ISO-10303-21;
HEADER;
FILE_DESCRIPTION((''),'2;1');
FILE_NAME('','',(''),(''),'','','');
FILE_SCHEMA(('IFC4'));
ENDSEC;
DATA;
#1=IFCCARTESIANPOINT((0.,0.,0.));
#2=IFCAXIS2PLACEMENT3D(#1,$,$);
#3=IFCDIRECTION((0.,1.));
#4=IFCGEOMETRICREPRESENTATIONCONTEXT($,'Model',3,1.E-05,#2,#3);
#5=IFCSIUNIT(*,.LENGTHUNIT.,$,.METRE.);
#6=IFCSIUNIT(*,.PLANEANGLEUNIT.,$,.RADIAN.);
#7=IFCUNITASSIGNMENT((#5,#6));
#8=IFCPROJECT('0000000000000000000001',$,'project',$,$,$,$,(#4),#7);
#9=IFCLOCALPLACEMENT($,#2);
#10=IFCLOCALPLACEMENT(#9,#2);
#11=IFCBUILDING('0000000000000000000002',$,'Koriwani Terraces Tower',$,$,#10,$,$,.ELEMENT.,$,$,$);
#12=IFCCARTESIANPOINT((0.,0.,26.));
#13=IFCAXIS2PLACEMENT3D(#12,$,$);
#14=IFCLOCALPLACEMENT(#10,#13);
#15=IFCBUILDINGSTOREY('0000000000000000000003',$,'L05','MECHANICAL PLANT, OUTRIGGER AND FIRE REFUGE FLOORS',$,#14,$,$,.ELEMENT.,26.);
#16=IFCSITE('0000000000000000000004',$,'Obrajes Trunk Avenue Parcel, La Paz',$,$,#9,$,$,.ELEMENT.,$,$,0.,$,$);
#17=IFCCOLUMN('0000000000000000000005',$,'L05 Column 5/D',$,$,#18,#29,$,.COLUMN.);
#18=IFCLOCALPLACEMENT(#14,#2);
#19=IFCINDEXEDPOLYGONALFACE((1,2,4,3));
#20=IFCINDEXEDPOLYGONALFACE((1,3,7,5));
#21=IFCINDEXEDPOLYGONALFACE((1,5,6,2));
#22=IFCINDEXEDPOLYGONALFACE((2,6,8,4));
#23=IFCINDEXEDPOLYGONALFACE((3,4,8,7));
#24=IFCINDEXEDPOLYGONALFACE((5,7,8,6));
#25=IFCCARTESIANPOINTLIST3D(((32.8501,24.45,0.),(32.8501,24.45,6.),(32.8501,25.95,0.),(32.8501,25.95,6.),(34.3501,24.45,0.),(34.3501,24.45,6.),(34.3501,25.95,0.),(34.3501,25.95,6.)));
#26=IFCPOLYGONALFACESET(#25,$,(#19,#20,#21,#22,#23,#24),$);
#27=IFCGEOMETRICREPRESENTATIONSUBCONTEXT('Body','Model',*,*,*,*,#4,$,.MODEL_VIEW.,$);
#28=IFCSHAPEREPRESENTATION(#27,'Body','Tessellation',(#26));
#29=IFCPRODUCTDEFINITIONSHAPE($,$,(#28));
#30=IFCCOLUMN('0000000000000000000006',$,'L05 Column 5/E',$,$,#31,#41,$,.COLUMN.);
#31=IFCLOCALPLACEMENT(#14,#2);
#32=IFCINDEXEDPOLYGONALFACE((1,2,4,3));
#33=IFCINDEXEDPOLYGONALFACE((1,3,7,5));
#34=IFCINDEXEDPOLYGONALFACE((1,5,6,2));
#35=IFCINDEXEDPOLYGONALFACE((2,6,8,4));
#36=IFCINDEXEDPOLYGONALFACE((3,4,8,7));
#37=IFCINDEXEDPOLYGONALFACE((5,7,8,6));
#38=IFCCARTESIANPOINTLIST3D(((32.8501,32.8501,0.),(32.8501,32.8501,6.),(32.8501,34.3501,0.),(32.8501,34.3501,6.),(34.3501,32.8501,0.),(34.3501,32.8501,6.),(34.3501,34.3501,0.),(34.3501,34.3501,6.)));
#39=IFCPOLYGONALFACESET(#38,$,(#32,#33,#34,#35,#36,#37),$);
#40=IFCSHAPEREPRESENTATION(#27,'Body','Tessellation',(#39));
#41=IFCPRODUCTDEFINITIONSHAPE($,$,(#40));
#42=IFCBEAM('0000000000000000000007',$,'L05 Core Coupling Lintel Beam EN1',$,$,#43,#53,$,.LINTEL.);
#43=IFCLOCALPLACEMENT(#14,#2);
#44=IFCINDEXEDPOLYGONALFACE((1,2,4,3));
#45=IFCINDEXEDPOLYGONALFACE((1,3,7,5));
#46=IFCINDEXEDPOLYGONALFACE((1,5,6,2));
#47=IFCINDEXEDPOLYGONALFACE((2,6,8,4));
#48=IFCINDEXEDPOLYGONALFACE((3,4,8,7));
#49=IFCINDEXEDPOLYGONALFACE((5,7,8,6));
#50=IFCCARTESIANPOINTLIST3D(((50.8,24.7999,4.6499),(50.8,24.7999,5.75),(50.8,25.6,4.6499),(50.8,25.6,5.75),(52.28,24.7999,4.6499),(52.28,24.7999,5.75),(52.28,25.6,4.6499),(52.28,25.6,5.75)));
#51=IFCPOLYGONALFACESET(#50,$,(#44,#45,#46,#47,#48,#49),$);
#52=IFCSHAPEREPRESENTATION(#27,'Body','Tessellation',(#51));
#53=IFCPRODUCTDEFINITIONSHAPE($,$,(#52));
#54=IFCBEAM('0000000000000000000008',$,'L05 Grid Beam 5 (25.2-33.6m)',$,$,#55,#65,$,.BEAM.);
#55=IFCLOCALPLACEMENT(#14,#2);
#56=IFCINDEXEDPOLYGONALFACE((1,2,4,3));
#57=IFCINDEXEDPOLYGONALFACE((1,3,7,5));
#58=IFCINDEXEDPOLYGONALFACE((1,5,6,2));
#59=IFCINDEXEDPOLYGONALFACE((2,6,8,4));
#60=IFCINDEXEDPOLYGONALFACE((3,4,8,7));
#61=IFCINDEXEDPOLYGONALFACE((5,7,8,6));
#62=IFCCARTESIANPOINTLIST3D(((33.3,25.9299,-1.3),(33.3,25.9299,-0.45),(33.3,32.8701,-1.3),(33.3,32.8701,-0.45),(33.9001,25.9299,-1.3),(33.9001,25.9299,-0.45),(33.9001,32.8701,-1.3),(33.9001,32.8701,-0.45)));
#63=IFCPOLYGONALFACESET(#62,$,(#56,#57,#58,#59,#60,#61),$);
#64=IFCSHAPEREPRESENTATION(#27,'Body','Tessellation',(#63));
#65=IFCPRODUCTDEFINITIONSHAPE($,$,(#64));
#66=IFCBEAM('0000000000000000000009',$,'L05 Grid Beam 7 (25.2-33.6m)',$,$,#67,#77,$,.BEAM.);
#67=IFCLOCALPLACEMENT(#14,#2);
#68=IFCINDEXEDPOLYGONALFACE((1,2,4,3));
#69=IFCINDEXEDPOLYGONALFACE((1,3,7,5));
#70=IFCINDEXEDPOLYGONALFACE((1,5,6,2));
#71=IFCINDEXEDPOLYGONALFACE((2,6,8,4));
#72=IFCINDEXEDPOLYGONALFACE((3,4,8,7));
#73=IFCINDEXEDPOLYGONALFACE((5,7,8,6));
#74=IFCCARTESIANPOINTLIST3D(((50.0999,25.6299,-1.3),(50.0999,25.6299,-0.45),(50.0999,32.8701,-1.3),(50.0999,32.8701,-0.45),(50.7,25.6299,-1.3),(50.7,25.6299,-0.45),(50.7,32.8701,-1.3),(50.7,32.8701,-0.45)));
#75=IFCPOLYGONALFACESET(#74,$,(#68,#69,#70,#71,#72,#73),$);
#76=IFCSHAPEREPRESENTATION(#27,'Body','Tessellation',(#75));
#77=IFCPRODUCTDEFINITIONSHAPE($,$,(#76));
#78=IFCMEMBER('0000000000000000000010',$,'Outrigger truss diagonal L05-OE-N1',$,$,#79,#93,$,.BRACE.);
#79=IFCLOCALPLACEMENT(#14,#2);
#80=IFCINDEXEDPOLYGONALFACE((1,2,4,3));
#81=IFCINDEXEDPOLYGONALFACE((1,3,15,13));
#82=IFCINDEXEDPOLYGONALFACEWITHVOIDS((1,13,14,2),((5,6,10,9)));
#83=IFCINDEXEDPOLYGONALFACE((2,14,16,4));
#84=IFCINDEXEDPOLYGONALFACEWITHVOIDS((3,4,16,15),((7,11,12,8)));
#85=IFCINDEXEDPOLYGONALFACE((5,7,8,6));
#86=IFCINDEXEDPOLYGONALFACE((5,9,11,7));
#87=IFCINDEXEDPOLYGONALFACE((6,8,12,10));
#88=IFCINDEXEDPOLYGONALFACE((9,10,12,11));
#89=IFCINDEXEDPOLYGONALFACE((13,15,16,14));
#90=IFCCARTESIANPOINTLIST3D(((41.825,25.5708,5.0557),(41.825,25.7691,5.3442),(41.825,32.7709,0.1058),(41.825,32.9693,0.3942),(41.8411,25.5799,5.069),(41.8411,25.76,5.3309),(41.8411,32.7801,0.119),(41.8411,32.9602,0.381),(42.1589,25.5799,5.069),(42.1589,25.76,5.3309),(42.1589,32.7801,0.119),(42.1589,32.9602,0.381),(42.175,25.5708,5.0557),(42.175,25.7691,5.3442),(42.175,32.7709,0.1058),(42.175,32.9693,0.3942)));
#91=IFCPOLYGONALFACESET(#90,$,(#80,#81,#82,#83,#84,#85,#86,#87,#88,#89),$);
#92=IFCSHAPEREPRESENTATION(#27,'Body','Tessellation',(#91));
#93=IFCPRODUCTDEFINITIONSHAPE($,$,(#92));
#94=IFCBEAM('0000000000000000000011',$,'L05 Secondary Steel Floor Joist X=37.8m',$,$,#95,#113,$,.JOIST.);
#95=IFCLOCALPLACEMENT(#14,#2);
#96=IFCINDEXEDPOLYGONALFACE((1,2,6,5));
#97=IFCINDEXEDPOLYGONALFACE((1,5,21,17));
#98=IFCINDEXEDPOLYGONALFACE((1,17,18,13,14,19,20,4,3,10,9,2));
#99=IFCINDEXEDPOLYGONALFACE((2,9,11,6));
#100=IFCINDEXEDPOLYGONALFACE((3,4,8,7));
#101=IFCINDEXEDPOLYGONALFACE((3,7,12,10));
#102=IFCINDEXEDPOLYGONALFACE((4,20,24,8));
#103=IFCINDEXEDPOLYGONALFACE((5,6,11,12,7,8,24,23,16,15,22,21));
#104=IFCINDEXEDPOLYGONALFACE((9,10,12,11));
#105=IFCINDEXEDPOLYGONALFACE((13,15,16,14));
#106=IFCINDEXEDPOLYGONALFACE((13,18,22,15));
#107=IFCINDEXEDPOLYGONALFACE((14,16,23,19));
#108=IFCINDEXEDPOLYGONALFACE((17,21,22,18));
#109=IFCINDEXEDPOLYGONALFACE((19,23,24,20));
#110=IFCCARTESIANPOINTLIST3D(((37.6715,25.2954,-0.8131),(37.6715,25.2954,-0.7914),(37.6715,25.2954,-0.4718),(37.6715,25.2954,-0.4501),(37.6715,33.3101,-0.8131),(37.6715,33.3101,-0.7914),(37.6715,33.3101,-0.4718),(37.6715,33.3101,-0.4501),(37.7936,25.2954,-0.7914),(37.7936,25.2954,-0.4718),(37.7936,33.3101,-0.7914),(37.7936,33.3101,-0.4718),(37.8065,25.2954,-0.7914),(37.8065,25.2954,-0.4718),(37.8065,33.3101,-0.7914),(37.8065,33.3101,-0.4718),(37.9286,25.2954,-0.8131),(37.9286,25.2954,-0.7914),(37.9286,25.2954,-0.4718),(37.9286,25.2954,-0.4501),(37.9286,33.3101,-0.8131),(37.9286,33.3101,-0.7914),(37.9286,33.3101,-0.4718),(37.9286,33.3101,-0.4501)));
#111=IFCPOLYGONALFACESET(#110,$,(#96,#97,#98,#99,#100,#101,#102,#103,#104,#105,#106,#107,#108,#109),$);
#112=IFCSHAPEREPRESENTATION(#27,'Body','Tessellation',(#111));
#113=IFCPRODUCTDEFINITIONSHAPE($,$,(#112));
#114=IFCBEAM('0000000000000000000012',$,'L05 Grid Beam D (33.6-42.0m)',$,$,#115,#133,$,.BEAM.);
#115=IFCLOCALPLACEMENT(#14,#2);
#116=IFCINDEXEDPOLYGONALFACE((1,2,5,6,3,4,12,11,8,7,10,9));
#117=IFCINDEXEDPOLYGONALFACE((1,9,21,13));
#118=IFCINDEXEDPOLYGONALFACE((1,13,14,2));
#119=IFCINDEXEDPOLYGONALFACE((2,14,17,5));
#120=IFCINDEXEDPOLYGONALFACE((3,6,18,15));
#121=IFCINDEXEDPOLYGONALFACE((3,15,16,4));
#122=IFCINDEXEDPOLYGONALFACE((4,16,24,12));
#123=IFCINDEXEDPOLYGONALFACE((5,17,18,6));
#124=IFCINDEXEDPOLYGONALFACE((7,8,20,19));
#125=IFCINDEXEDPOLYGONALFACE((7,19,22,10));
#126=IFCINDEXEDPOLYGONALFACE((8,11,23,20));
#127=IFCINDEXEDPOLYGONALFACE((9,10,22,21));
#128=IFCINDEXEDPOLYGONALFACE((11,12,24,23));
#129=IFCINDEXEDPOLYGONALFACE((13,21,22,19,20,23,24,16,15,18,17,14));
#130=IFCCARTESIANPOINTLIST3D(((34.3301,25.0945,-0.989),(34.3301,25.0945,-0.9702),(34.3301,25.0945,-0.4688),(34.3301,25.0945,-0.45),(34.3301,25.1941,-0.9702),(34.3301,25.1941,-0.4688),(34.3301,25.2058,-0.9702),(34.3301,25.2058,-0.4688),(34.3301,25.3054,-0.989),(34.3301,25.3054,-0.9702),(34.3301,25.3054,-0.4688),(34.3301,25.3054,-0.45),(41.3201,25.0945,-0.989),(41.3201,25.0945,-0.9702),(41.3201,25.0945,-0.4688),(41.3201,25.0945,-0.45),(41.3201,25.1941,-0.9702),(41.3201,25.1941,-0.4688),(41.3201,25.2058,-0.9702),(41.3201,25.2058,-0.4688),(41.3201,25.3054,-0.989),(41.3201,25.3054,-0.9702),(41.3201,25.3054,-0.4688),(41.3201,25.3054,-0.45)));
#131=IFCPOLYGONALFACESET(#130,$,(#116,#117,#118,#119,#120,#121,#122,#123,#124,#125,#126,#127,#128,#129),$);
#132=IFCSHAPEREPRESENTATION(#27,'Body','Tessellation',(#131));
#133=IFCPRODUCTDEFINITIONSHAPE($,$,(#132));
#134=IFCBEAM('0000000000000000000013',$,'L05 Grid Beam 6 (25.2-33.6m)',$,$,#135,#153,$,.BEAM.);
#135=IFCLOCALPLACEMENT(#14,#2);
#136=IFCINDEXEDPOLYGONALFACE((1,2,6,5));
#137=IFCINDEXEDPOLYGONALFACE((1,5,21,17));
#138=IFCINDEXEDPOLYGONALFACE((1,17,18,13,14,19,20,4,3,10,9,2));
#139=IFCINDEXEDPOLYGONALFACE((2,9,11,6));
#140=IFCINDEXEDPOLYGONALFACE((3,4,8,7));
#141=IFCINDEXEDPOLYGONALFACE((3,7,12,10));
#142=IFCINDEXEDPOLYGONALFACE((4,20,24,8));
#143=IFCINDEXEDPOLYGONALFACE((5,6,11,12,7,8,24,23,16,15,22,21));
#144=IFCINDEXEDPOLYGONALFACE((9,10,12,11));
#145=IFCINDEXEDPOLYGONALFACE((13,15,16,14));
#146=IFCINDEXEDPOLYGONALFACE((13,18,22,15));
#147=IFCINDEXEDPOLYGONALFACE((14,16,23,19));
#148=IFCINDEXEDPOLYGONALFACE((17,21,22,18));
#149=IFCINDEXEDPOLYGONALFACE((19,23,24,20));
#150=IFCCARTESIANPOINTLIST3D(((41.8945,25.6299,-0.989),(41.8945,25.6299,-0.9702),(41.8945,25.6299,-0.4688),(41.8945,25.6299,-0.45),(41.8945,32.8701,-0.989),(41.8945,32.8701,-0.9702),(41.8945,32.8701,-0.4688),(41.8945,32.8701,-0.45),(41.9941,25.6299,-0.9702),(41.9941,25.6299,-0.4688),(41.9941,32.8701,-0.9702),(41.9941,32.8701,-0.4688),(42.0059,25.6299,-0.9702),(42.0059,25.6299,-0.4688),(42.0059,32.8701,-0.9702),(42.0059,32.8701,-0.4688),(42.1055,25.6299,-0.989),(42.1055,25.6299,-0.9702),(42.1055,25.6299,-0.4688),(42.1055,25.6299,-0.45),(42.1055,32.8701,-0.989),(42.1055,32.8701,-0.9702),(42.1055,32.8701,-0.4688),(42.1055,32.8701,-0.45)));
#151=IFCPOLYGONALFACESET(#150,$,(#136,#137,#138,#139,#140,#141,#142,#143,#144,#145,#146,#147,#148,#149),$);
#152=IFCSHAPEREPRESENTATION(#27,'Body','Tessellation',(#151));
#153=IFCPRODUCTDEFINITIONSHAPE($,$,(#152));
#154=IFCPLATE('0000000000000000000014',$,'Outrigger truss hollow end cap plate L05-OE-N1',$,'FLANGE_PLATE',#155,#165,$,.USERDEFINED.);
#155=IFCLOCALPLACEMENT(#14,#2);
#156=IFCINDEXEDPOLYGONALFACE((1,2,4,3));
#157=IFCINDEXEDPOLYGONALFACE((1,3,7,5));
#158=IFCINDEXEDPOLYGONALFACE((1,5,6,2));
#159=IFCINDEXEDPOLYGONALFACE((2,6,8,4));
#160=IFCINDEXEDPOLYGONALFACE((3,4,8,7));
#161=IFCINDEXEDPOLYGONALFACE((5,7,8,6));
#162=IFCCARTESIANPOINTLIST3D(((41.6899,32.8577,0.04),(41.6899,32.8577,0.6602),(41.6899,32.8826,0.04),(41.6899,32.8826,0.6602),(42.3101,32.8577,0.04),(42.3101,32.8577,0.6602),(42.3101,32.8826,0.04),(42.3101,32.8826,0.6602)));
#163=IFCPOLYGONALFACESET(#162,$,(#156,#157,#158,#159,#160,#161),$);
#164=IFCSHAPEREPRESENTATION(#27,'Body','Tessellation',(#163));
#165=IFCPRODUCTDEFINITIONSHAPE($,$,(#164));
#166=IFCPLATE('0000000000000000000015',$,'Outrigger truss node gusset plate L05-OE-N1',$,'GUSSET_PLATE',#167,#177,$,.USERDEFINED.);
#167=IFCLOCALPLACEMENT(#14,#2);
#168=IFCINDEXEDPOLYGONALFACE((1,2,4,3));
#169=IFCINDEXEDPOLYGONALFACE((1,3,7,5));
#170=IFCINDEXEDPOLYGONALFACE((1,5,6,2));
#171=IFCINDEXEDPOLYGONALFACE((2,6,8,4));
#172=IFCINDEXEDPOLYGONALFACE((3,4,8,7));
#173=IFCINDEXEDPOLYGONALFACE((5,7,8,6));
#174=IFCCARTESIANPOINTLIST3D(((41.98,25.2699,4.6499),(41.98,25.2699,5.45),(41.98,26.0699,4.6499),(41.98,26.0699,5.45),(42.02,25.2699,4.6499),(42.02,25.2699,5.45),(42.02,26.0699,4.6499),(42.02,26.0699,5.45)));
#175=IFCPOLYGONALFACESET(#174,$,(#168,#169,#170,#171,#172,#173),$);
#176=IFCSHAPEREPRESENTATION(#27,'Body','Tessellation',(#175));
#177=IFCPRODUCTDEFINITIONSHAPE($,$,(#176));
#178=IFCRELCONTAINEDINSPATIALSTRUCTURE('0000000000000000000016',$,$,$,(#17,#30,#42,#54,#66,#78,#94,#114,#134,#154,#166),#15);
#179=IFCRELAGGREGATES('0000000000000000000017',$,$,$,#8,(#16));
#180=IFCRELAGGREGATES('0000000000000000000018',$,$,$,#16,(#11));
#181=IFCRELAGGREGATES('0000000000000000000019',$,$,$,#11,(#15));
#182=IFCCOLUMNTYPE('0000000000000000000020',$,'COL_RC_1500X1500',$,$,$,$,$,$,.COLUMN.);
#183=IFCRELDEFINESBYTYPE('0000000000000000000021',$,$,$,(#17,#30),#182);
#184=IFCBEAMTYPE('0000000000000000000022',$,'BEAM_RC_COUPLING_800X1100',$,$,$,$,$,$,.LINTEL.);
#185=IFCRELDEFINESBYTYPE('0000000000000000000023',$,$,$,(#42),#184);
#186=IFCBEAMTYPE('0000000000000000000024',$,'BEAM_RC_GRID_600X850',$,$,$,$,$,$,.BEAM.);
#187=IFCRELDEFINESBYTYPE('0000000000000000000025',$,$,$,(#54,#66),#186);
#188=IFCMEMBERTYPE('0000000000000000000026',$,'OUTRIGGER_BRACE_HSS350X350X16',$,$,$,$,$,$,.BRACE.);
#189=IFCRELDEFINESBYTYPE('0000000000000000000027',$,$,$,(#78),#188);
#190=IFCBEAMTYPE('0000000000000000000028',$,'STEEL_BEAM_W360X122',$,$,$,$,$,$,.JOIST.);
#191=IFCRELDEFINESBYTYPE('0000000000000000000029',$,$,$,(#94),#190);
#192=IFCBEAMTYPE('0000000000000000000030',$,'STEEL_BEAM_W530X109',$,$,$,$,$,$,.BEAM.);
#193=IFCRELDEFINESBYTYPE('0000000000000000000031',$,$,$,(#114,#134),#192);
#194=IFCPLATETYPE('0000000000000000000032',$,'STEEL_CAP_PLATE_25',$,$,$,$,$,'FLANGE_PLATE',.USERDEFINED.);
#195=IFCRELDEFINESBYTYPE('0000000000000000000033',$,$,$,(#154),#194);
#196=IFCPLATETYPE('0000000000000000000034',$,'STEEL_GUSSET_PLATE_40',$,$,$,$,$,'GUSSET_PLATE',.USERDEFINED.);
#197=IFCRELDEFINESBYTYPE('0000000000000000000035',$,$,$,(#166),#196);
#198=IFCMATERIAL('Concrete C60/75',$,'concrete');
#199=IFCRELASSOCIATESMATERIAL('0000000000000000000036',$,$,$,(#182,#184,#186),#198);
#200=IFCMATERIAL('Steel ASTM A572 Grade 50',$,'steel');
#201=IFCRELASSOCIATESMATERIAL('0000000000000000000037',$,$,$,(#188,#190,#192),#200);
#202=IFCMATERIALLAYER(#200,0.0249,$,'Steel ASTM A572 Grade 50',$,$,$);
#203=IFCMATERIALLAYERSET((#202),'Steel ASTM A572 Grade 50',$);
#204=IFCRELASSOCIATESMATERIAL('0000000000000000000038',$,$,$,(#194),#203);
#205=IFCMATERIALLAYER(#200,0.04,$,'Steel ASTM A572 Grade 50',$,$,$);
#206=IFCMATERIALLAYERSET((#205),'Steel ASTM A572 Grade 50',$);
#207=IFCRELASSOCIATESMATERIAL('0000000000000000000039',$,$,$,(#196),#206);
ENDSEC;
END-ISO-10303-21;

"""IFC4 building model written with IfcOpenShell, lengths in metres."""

from ifc_helpers import new_model, si_unit, direction, frame, origin, origin_2d, place, context, subcontext, project, spatial, rectangle, hollow_rectangle, i_section, extrude, material, layer, layer_set, material_profile, profile_set, type_object, element, save


model = new_model("IFC4")

# Units and contexts
model_context = context("Model", 3, precision=1e-05, world=origin(), true_north=direction((0.0, 1.0)))
body_context = subcontext(model_context, "Body", "Model", "MODEL_VIEW")
ifc_project = project(units=[si_unit("LENGTHUNIT", "METRE"), si_unit("PLANEANGLEUNIT", "RADIAN")], contexts=[model_context])

# Site, building, storey
site_placement = place(None, origin())
site = spatial("IfcSite", under=ifc_project, at=site_placement, Name="Obrajes Trunk Avenue Parcel, La Paz", CompositionType="ELEMENT", RefElevation=0.0)
building_placement = place(site_placement, origin())
building = spatial("IfcBuilding", under=site, at=building_placement, Name="Koriwani Terraces Tower", CompositionType="ELEMENT")
storey_placement = place(building_placement, frame((0.0, 0.0, 26.0)))
storey = spatial("IfcBuildingStorey", under=building, at=storey_placement, Name="L05", Description="MECHANICAL PLANT, OUTRIGGER AND FIRE REFUGE FLOORS", CompositionType="ELEMENT", Elevation=26.0)

# Columns
ifc_material_1 = material(Name="Concrete C60/75", Category="concrete")
ifc_material_profile_1 = material_profile(ifc_material_1, rectangle(XDim=1.5, YDim=1.5, at=origin_2d()), Name="Concrete C60/75", Category="LoadBearing")
ifc_profile_set_1 = profile_set([ifc_material_profile_1], Name="Concrete C60/75")
column_type = type_object("IfcColumnType", Name="COL_RC_1500X1500", PredefinedType="COLUMN", material=ifc_profile_set_1)
for number, where, z_axis, x_axis, name in (
    (1, (33.6001, 25.2, 0.0), (0.0, 0.0, 1.0), (1.0, 0.0, 0.0), "L05 Column 5/D"),
    (2, (33.6001, 33.6001, 0.0), (0.0, 0.0, 1.0), (1.0, 0.0, 0.0), "L05 Column 5/E"),
):
    element("IfcColumn", number, at=place(storey_placement, frame(where, z_axis=z_axis, x_axis=x_axis)), inside=storey, type_object=column_type, Name=name, PredefinedType="COLUMN", context=body_context, shape_type="SweptSolid", body=[
        extrude(rectangle(XDim=1.5, YDim=1.5, at=origin_2d()), origin(), (0.0, 0.0, 1.0), 6.0),
    ])

# Beams
ifc_material_profile_2 = material_profile(ifc_material_1, rectangle(XDim=0.8, YDim=1.1001, at=origin_2d()), Name="Concrete C60/75", Category="LoadBearing")
ifc_profile_set_2 = profile_set([ifc_material_profile_2], Name="Concrete C60/75")
beam_type_1 = type_object("IfcBeamType", Name="BEAM_RC_COUPLING_800X1100", PredefinedType="LINTEL", material=ifc_profile_set_2)
beam_1_placement = place(storey_placement, frame((50.8, 25.2, 5.2), z_axis=(1.0, 0.0, 0.0), x_axis=(0.0, 1.0, 0.0)))
element("IfcBeam", 3, at=beam_1_placement, inside=storey, type_object=beam_type_1, Name="L05 Core Coupling Lintel Beam EN1", PredefinedType="LINTEL", context=body_context, shape_type="SweptSolid", body=[
    extrude(rectangle(XDim=0.8, YDim=1.1001, at=origin_2d()), origin(), (0.0, 0.0, 1.0), 1.48),
])
ifc_material_profile_3 = material_profile(ifc_material_1, rectangle(XDim=0.6001, YDim=0.8501, at=origin_2d()), Name="Concrete C60/75", Category="LoadBearing")
ifc_profile_set_3 = profile_set([ifc_material_profile_3], Name="Concrete C60/75")
beam_type_2 = type_object("IfcBeamType", Name="BEAM_RC_GRID_600X850", PredefinedType="BEAM", material=ifc_profile_set_3)
beam_2_placement = place(storey_placement, frame((33.6001, 25.9299, -0.875), z_axis=(0.0, 1.0, 0.0), x_axis=(-1.0, 0.0, 0.0)))
element("IfcBeam", 4, at=beam_2_placement, inside=storey, type_object=beam_type_2, Name="L05 Grid Beam 5 (25.2-33.6m)", PredefinedType="BEAM", context=body_context, shape_type="SweptSolid", body=[
    extrude(rectangle(XDim=0.6001, YDim=0.8501, at=origin_2d()), origin(), (0.0, 0.0, 1.0), 6.9402),
])
beam_3_placement = place(storey_placement, frame((50.3999, 25.6299, -0.875), z_axis=(0.0, 1.0, 0.0), x_axis=(-1.0, 0.0, 0.0)))
element("IfcBeam", 5, at=beam_3_placement, inside=storey, type_object=beam_type_2, Name="L05 Grid Beam 7 (25.2-33.6m)", PredefinedType="BEAM", context=body_context, shape_type="SweptSolid", body=[
    extrude(rectangle(XDim=0.6001, YDim=0.8501, at=origin_2d()), origin(), (0.0, 0.0, 1.0), 7.2402),
])

# Member
ifc_material_2 = material(Name="Steel ASTM A572 Grade 50", Category="steel")
ifc_material_profile_4 = material_profile(ifc_material_2, hollow_rectangle(XDim=0.3501, YDim=0.3501, WallThickness=0.0161, at=origin_2d()), Name="Steel ASTM A572 Grade 50", Category="LoadBearing")
ifc_profile_set_4 = profile_set([ifc_material_profile_4], Name="Steel ASTM A572 Grade 50")
member_type = type_object("IfcMemberType", Name="OUTRIGGER_BRACE_HSS350X350X16", PredefinedType="BRACE", material=ifc_profile_set_4)
member_placement = place(storey_placement, frame((42.0, 32.8701, 0.25), z_axis=(0.0, -0.824052, 0.566515), x_axis=(1.0, 0.0, 0.0)))
element("IfcMember", 6, at=member_placement, inside=storey, type_object=member_type, Name="Outrigger truss diagonal L05-OE-N1", PredefinedType="BRACE", context=body_context, shape_type="SweptSolid", body=[
    extrude(hollow_rectangle(XDim=0.3501, YDim=0.3501, WallThickness=0.0161, at=origin_2d()), origin(), (0.0, 0.0, 1.0), 8.7375),
])

# Beams
ifc_material_profile_5 = material_profile(ifc_material_2, i_section(OverallWidth=0.2571, OverallDepth=0.363, WebThickness=0.0129, FlangeThickness=0.0217, at=origin_2d()), Name="Steel ASTM A572 Grade 50", Category="LoadBearing")
ifc_profile_set_5 = profile_set([ifc_material_profile_5], Name="Steel ASTM A572 Grade 50")
beam_type_3 = type_object("IfcBeamType", Name="STEEL_BEAM_W360X122", PredefinedType="JOIST", material=ifc_profile_set_5)
beam_4_placement = place(storey_placement, frame((37.8, 25.2954, -0.6316), z_axis=(0.0, 1.0, 0.0), x_axis=(-1.0, 0.0, 0.0)))
element("IfcBeam", 7, at=beam_4_placement, inside=storey, type_object=beam_type_3, Name="L05 Secondary Steel Floor Joist X=37.8m", PredefinedType="JOIST", context=body_context, shape_type="SweptSolid", body=[
    extrude(i_section(OverallWidth=0.2571, OverallDepth=0.363, WebThickness=0.0129, FlangeThickness=0.0217, at=origin_2d()), origin(), (0.0, 0.0, 1.0), 8.0146),
])
ifc_material_profile_6 = material_profile(ifc_material_2, i_section(OverallWidth=0.2109, OverallDepth=0.5391, WebThickness=0.0117, FlangeThickness=0.0188, at=origin_2d()), Name="Steel ASTM A572 Grade 50", Category="LoadBearing")
ifc_profile_set_6 = profile_set([ifc_material_profile_6], Name="Steel ASTM A572 Grade 50")
beam_type_4 = type_object("IfcBeamType", Name="STEEL_BEAM_W530X109", PredefinedType="BEAM", material=ifc_profile_set_6)
beam_5_placement = place(storey_placement, frame((34.3301, 25.2, -0.7195), z_axis=(1.0, 0.0, 0.0), x_axis=(0.0, 1.0, 0.0)))
element("IfcBeam", 8, at=beam_5_placement, inside=storey, type_object=beam_type_4, Name="L05 Grid Beam D (33.6-42.0m)", PredefinedType="BEAM", context=body_context, shape_type="SweptSolid", body=[
    extrude(i_section(OverallWidth=0.2109, OverallDepth=0.5391, WebThickness=0.0117, FlangeThickness=0.0188, at=origin_2d()), origin(), (0.0, 0.0, 1.0), 6.99),
])
beam_6_placement = place(storey_placement, frame((42.0, 25.6299, -0.7195), z_axis=(0.0, 1.0, 0.0), x_axis=(-1.0, 0.0, 0.0)))
element("IfcBeam", 9, at=beam_6_placement, inside=storey, type_object=beam_type_4, Name="L05 Grid Beam 6 (25.2-33.6m)", PredefinedType="BEAM", context=body_context, shape_type="SweptSolid", body=[
    extrude(i_section(OverallWidth=0.2109, OverallDepth=0.5391, WebThickness=0.0117, FlangeThickness=0.0188, at=origin_2d()), origin(), (0.0, 0.0, 1.0), 7.2402),
])

# Plates
ifc_layer_1 = layer(ifc_material_2, 0.0249, Name="Steel ASTM A572 Grade 50")
ifc_layer_set_1 = layer_set([ifc_layer_1], Name="Steel ASTM A572 Grade 50")
plate_type_1 = type_object("IfcPlateType", Name="STEEL_CAP_PLATE_25", ElementType="FLANGE_PLATE", PredefinedType="USERDEFINED", material=ifc_layer_set_1)
plate_1_placement = place(storey_placement, frame((42.0, 32.8701, 0.04), z_axis=(0.0, 0.0, 1.0), x_axis=(0.0, -1.0, 0.0)))
element("IfcPlate", 10, at=plate_1_placement, inside=storey, type_object=plate_type_1, Name="Outrigger truss hollow end cap plate L05-OE-N1", ObjectType="FLANGE_PLATE", PredefinedType="USERDEFINED", context=body_context, shape_type="SweptSolid", body=[
    extrude(rectangle(XDim=0.0249, YDim=0.6201, at=origin_2d()), origin(), (0.0, 0.0, 1.0), 0.6201),
])
ifc_layer_2 = layer(ifc_material_2, 0.04, Name="Steel ASTM A572 Grade 50")
ifc_layer_set_2 = layer_set([ifc_layer_2], Name="Steel ASTM A572 Grade 50")
plate_type_2 = type_object("IfcPlateType", Name="STEEL_GUSSET_PLATE_40", ElementType="GUSSET_PLATE", PredefinedType="USERDEFINED", material=ifc_layer_set_2)
plate_2_placement = place(storey_placement, frame((42.0, 25.6699, 4.6499), z_axis=(0.0, 0.0, 1.0), x_axis=(0.0, -1.0, 0.0)))
element("IfcPlate", 11, at=plate_2_placement, inside=storey, type_object=plate_type_2, Name="Outrigger truss node gusset plate L05-OE-N1", ObjectType="GUSSET_PLATE", PredefinedType="USERDEFINED", context=body_context, shape_type="SweptSolid", body=[
    extrude(rectangle(XDim=0.8, YDim=0.04, at=origin_2d()), origin(), (0.0, 0.0, 1.0), 0.8),
])

save(model, "model.ifc")
